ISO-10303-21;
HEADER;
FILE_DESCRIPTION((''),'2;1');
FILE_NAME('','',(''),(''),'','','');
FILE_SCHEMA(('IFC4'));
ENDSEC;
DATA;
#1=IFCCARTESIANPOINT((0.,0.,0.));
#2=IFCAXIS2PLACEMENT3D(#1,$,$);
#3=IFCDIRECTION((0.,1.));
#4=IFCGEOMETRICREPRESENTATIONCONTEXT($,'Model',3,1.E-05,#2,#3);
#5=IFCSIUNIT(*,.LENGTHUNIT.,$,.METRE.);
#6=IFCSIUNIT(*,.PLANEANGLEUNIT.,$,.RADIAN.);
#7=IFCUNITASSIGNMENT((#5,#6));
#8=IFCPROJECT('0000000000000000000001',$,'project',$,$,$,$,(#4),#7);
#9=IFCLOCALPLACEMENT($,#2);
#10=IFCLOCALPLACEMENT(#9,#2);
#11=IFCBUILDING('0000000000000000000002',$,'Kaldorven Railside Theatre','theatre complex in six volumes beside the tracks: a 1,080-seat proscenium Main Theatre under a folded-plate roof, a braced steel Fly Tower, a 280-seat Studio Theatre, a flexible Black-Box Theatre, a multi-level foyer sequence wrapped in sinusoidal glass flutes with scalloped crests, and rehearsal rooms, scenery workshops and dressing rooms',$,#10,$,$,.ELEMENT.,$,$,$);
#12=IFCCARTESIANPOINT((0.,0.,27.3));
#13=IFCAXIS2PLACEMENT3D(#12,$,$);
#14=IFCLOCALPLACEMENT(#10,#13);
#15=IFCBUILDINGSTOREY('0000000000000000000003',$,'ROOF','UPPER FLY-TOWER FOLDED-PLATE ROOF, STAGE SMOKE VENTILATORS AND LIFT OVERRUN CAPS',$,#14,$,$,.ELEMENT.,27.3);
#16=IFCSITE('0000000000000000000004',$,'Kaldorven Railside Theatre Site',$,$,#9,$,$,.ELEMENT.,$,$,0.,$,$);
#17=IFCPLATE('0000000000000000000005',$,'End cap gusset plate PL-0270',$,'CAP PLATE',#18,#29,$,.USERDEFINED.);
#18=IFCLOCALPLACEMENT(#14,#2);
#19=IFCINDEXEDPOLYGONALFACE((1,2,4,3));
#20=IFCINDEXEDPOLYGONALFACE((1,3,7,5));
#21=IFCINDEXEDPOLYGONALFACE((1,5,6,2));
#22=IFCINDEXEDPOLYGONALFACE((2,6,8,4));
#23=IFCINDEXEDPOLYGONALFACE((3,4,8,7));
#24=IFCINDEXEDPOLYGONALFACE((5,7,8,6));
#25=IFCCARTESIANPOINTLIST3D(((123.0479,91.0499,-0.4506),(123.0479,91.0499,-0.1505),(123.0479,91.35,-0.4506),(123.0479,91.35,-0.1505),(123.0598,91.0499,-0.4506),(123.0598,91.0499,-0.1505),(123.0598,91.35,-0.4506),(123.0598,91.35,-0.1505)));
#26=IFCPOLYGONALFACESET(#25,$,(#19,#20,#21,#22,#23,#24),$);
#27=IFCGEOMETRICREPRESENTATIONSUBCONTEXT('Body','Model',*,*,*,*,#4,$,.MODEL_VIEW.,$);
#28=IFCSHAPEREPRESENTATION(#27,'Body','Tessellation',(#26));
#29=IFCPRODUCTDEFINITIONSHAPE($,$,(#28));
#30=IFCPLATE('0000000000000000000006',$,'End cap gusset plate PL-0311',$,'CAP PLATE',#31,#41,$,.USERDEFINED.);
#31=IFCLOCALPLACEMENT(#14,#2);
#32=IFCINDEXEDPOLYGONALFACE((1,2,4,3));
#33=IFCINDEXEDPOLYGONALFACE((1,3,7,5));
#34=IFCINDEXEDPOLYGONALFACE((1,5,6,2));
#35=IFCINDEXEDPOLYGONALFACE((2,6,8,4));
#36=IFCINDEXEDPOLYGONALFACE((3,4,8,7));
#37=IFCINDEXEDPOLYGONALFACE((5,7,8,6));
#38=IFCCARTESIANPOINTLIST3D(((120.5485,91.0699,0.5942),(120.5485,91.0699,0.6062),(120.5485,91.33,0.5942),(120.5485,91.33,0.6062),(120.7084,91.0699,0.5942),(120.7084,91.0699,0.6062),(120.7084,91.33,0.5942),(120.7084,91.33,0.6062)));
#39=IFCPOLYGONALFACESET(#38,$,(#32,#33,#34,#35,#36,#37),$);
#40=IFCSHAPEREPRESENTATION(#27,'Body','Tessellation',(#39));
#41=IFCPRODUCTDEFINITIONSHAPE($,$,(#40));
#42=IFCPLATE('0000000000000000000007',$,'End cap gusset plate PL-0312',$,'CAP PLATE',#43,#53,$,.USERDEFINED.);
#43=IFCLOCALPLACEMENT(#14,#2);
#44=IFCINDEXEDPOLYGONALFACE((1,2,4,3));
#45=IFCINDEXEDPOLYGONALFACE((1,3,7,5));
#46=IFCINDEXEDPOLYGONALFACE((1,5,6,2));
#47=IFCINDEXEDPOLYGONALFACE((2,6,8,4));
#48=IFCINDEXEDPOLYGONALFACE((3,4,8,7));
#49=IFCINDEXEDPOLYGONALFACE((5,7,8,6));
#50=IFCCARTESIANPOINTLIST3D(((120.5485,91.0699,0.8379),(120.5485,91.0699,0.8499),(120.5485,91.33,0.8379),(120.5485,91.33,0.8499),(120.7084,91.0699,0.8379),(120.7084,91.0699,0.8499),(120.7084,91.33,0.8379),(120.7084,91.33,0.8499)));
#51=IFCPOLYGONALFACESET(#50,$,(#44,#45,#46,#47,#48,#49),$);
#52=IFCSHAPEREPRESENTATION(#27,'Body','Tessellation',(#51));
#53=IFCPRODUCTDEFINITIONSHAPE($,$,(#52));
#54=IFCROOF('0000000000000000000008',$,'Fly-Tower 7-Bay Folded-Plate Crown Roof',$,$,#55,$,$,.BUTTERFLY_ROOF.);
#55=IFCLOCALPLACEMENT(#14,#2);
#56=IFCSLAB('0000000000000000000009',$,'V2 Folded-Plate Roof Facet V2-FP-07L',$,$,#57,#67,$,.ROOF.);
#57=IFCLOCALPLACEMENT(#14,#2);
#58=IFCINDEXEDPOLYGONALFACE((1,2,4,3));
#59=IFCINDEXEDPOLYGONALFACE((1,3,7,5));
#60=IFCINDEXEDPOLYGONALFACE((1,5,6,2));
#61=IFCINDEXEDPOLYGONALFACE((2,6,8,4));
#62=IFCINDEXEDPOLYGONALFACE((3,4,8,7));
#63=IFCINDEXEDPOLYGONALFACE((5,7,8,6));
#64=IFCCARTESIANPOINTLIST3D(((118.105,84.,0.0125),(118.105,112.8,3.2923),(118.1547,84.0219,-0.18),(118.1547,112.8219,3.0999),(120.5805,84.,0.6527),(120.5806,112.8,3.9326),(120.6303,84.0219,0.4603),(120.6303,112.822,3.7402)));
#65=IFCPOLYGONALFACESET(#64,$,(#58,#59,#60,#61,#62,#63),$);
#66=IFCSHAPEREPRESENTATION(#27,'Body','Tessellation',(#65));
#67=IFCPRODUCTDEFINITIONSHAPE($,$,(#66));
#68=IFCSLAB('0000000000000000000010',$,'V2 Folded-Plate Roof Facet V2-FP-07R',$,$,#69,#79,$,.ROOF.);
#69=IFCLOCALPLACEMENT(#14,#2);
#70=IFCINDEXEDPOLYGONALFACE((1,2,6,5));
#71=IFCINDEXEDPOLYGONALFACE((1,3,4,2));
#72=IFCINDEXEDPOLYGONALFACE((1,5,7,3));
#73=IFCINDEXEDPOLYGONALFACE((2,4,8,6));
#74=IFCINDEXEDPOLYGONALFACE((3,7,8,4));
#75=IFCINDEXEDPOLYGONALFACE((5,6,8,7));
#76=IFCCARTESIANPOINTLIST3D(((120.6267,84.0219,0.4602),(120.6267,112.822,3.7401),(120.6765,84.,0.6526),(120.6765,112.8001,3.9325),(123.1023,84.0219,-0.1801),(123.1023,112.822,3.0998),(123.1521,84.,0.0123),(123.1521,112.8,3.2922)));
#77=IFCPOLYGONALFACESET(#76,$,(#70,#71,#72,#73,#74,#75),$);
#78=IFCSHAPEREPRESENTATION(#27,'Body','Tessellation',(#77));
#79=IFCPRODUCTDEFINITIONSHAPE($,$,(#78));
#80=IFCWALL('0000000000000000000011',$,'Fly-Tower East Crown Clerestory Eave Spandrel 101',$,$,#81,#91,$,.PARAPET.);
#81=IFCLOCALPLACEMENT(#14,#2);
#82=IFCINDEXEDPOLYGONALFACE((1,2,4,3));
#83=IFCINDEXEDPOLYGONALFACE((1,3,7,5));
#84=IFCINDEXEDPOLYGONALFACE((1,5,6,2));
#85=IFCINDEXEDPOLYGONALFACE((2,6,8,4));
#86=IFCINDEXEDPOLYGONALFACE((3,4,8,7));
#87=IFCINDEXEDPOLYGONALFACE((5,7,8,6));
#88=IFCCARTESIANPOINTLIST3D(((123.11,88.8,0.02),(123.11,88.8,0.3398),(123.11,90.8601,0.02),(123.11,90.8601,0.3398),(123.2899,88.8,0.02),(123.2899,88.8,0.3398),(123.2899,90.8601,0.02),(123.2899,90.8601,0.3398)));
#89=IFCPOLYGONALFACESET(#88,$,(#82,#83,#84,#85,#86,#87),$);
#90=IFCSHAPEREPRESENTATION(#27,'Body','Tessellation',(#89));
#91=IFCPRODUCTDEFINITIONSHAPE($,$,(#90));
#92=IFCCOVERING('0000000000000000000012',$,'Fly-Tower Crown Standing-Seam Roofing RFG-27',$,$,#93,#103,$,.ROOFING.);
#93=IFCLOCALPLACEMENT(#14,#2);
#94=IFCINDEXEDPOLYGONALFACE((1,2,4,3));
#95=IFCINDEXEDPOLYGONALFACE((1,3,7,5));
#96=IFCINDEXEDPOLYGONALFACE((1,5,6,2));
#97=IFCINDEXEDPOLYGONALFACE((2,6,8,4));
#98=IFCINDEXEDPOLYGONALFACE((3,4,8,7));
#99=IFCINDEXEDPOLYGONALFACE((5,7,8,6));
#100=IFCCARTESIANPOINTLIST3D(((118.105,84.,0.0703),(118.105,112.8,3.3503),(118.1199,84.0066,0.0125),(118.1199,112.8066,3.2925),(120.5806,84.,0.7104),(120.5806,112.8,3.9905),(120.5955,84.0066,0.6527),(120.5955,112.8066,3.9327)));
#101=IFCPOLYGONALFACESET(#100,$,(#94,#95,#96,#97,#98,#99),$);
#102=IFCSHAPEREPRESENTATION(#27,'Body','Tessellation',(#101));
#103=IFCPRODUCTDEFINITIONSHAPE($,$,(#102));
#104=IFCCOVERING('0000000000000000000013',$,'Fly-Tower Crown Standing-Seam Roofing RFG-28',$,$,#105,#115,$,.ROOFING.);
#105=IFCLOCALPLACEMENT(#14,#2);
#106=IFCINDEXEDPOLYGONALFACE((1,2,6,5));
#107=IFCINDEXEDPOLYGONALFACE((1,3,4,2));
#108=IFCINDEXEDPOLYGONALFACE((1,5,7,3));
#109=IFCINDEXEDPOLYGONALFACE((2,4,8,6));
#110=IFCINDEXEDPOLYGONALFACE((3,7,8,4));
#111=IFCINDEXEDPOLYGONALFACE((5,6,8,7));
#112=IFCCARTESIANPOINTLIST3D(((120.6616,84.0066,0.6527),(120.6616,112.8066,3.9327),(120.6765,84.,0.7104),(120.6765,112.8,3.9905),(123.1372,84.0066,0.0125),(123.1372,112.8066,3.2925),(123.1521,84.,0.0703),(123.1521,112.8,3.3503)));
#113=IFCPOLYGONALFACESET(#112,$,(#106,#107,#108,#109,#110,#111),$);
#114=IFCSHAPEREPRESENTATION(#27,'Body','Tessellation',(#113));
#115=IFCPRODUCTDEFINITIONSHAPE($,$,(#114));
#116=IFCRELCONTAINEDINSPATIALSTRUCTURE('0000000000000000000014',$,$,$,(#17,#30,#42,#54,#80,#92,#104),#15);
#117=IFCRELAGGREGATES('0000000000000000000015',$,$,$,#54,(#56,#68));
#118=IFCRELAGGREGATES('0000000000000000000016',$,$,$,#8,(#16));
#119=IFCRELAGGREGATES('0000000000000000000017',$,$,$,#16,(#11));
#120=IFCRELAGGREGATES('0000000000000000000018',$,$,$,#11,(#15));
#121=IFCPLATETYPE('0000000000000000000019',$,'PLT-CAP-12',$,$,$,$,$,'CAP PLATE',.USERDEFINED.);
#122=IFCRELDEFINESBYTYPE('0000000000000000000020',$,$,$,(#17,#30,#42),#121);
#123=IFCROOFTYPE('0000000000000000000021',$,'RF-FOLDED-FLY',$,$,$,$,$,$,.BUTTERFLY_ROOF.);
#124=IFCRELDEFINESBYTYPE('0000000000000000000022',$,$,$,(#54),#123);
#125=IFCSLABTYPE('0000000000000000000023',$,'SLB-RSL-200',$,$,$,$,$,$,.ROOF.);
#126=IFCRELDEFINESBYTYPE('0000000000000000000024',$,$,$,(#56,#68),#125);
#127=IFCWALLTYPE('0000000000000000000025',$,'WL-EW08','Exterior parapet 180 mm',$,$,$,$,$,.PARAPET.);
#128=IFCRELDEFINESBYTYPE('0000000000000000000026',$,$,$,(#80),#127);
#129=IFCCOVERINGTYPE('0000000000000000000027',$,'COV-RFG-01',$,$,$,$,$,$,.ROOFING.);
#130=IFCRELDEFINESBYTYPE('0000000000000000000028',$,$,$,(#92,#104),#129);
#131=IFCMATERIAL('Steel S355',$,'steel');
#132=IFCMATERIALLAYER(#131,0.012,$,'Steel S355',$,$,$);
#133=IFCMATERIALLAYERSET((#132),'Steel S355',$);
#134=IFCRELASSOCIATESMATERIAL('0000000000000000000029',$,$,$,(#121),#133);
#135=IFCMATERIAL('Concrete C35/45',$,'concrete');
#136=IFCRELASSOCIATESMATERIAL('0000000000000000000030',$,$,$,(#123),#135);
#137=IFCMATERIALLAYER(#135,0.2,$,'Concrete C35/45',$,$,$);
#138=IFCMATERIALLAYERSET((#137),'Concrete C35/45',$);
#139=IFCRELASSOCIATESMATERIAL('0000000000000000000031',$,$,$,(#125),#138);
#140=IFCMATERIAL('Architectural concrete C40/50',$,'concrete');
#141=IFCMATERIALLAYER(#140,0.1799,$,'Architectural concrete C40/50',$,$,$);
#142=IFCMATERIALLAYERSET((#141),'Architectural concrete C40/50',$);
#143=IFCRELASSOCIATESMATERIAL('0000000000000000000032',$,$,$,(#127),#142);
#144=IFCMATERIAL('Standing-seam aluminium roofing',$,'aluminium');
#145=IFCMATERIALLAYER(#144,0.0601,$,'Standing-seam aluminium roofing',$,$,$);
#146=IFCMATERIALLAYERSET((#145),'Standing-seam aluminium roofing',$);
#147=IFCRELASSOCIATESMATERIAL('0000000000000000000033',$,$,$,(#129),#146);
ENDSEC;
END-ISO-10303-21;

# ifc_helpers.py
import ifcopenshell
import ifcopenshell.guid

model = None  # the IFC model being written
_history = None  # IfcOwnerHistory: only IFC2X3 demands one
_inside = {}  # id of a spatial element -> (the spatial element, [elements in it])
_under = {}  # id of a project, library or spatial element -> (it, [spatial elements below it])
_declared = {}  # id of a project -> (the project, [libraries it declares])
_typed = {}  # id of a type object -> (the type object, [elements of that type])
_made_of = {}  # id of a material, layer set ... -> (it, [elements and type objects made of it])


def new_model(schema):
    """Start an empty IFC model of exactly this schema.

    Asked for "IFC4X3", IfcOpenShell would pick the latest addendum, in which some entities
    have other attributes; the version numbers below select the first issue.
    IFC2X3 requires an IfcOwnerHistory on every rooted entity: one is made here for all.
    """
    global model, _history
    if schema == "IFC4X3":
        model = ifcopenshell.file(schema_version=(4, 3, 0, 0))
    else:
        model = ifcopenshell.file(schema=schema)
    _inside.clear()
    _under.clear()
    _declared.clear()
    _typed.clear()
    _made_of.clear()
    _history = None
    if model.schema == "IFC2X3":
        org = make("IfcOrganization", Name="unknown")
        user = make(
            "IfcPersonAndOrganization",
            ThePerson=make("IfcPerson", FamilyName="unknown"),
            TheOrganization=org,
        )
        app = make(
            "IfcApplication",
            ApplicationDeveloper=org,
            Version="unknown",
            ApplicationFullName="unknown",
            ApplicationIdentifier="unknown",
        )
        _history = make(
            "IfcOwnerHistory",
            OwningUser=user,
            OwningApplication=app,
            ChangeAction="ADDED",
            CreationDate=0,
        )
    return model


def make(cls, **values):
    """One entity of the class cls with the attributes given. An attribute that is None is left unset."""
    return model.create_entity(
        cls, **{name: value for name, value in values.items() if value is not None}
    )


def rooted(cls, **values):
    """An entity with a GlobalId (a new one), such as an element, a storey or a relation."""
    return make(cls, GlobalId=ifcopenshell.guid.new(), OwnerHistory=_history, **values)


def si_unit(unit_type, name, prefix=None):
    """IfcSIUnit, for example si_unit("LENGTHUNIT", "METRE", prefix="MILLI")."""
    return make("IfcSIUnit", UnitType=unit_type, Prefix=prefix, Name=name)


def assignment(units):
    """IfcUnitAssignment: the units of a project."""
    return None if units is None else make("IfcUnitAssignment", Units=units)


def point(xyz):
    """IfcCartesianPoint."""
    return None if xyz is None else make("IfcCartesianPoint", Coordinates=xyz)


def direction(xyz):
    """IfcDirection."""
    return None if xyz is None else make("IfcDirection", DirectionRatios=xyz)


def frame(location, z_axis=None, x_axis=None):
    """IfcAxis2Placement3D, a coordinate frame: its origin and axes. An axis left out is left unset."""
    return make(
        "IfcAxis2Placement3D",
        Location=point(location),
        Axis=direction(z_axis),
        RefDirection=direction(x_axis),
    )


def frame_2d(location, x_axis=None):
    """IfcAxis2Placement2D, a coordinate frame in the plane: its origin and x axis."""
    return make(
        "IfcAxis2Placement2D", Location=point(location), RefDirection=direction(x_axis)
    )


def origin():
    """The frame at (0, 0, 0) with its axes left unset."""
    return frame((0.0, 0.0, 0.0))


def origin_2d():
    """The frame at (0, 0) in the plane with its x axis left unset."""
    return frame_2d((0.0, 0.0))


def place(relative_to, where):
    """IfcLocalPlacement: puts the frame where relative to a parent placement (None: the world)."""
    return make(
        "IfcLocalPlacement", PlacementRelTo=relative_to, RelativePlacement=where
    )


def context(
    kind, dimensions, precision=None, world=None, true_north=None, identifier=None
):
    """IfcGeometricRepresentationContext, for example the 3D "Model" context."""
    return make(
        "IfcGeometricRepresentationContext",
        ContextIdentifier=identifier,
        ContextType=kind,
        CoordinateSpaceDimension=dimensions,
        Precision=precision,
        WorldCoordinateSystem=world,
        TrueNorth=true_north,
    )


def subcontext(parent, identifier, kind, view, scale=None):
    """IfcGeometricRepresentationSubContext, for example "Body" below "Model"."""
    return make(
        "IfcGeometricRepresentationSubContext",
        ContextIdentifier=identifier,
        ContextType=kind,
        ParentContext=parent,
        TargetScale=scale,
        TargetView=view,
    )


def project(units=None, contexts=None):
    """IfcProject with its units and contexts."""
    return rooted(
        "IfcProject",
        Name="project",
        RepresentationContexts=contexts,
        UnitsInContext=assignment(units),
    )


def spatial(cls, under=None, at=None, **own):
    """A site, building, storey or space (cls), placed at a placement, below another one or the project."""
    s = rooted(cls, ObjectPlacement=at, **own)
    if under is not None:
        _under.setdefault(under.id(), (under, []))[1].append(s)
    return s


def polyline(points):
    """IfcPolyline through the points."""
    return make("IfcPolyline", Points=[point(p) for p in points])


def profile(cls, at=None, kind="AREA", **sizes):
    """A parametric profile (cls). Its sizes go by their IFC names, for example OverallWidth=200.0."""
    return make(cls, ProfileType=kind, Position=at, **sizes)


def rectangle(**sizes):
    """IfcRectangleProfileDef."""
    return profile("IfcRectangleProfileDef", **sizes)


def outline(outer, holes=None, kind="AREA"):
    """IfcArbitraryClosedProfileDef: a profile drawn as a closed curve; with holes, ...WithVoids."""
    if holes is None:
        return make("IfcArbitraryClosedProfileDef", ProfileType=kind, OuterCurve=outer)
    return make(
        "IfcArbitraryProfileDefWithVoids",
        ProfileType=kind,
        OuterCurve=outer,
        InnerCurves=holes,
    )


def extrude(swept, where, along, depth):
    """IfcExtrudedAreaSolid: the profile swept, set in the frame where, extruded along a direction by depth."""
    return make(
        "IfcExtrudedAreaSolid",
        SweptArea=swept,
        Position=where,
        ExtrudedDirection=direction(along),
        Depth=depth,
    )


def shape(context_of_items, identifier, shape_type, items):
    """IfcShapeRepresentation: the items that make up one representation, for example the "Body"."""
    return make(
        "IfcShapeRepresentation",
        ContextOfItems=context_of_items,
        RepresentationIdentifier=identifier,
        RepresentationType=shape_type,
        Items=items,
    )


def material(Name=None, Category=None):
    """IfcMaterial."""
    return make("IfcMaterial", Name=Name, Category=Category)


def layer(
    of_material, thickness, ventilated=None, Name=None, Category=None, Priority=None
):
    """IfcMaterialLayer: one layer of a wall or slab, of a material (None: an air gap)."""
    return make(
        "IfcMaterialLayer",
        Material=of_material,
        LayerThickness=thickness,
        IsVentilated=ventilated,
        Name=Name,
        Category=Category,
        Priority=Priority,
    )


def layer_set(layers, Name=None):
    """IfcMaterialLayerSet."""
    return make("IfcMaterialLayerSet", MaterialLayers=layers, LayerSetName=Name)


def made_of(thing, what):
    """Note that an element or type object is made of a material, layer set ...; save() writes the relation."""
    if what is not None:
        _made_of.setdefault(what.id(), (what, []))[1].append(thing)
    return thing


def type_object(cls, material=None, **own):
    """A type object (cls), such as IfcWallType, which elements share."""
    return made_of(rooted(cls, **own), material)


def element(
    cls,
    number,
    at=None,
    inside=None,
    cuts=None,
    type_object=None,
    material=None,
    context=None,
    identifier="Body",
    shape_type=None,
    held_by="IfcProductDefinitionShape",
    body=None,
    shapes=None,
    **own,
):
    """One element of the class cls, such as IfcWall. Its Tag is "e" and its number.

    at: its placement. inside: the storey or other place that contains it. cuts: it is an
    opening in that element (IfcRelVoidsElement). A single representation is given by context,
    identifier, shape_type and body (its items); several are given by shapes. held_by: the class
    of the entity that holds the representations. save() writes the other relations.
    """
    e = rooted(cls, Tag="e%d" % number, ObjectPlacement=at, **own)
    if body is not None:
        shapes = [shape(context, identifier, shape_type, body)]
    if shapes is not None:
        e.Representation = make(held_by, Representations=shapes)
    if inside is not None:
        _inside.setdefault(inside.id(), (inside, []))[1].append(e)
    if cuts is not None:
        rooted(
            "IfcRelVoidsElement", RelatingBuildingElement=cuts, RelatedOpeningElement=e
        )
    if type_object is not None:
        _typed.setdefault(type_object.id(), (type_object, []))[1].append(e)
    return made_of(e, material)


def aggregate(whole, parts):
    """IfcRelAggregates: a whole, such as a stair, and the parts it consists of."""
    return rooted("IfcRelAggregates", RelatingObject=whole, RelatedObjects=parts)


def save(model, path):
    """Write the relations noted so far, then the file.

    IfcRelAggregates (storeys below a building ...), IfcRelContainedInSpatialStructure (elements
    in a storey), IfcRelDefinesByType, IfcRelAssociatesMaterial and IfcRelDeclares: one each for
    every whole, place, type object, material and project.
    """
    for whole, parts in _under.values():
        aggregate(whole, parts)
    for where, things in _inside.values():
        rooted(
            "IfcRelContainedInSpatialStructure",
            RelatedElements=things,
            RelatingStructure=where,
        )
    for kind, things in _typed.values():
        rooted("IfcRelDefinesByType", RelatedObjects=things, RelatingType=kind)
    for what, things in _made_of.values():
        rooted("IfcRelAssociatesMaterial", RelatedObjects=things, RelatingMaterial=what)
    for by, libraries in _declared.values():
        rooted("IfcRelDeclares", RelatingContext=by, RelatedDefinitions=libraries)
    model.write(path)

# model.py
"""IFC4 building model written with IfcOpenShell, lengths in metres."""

from ifc_helpers import new_model, si_unit, direction, frame, frame_2d, origin, origin_2d, place, context, subcontext, project, spatial, polyline, rectangle, outline, extrude, material, layer, layer_set, type_object, element, aggregate, save


model = new_model("IFC4")

# Units and contexts
model_context = context("Model", 3, precision=1e-05, world=origin(), true_north=direction((0.0, 1.0)))
body_context = subcontext(model_context, "Body", "Model", "MODEL_VIEW")
ifc_project = project(units=[si_unit("LENGTHUNIT", "METRE"), si_unit("PLANEANGLEUNIT", "RADIAN")], contexts=[model_context])

# Site, building, storey
site_placement = place(None, origin())
site = spatial("IfcSite", under=ifc_project, at=site_placement, Name="Kaldorven Railside Theatre Site", CompositionType="ELEMENT", RefElevation=0.0)
building_placement = place(site_placement, origin())
building = spatial("IfcBuilding", under=site, at=building_placement, Name="Kaldorven Railside Theatre", Description="theatre complex in six volumes beside the tracks: a 1,080-seat proscenium Main Theatre under a folded-plate roof, a braced steel Fly Tower, a 280-seat Studio Theatre, a flexible Black-Box Theatre, a multi-level foyer sequence wrapped in sinusoidal glass flutes with scalloped crests, and rehearsal rooms, scenery workshops and dressing rooms", CompositionType="ELEMENT")
storey_placement = place(building_placement, frame((0.0, 0.0, 27.3)))
storey = spatial("IfcBuildingStorey", under=building, at=storey_placement, Name="ROOF", Description="UPPER FLY-TOWER FOLDED-PLATE ROOF, STAGE SMOKE VENTILATORS AND LIFT OVERRUN CAPS", CompositionType="ELEMENT", Elevation=27.3)

# Shared definitions
ifc_material_1 = material(Name="Steel S355", Category="steel")

# Plates
ifc_layer_1 = layer(ifc_material_1, 0.012, Name="Steel S355")
ifc_layer_set_1 = layer_set([ifc_layer_1], Name="Steel S355")
plate_type_1 = type_object("IfcPlateType", Name="PLT-CAP-12", ElementType="CAP PLATE", PredefinedType="USERDEFINED", material=ifc_layer_set_1)
plate_1_placement = place(storey_placement, frame((123.0479, 91.2, -0.3005), z_axis=(1.0, 0.0, 0.0), x_axis=(0.0, 1.0, 0.0)))
element("IfcPlate", 1, at=plate_1_placement, inside=storey, type_object=plate_type_1, Name="End cap gusset plate PL-0270", ObjectType="CAP PLATE", PredefinedType="USERDEFINED", context=body_context, shape_type="SweptSolid", body=[
    extrude(rectangle(XDim=0.3, YDim=0.3, at=origin_2d()), origin(), (0.0, 0.0, 1.0), 0.012),
])
for number, where, z_axis, x_axis, name in (
    (2, (120.6284, 91.2, 0.5942), (0.0, 0.0, 1.0), (1.0, 0.0, 0.0), "End cap gusset plate PL-0311"),
    (3, (120.6284, 91.2, 0.8379), (0.0, 0.0, 1.0), (1.0, 0.0, 0.0), "End cap gusset plate PL-0312"),
):
    element("IfcPlate", number, at=place(storey_placement, frame(where, z_axis=z_axis, x_axis=x_axis)), inside=storey, type_object=plate_type_1, Name=name, ObjectType="CAP PLATE", PredefinedType="USERDEFINED", context=body_context, shape_type="SweptSolid", body=[
        extrude(rectangle(XDim=0.1599, YDim=0.26, at=origin_2d()), origin(), (0.0, 0.0, 1.0), 0.012),
    ])

# Roof, slabs
ifc_material_2 = material(Name="Concrete C35/45", Category="concrete")
roof_type = type_object("IfcRoofType", Name="RF-FOLDED-FLY", PredefinedType="BUTTERFLY_ROOF", material=ifc_material_2)
roof_placement = place(storey_placement, origin())
roof = element("IfcRoof", 4, at=roof_placement, inside=storey, type_object=roof_type, Name="Fly-Tower 7-Bay Folded-Plate Crown Roof", PredefinedType="BUTTERFLY_ROOF")
ifc_layer_2 = layer(ifc_material_2, 0.2, Name="Concrete C35/45")
ifc_layer_set_2 = layer_set([ifc_layer_2], Name="Concrete C35/45")
slab_type = type_object("IfcSlabType", Name="SLB-RSL-200", PredefinedType="ROOF", material=ifc_layer_set_2)
slab_1_placement = place(storey_placement, frame((118.105, 84.0, 0.0125), z_axis=(-0.248882, -0.109594, 0.962313), x_axis=(0.968145, -0.000005, 0.25039)))
slab_1 = element("IfcSlab", 5, at=slab_1_placement, type_object=slab_type, Name="V2 Folded-Plate Roof Facet V2-FP-07L", PredefinedType="ROOF", context=body_context, shape_type="SweptSolid", body=[
    extrude(outline(polyline([(0.0, 0.0), (2.557, 0.0), (3.3782, 28.9746), (0.8211, 28.9746), (0.0, 0.0)])), origin(), (0.0, 0.0, -1.0), 0.2),
])
slab_2_placement = place(storey_placement, frame((120.6765, 84.0, 0.6526), z_axis=(0.248882, -0.109594, 0.962313), x_axis=(0.968145, 0.000005, -0.25039)))
slab_2 = element("IfcSlab", 6, at=slab_2_placement, type_object=slab_type, Name="V2 Folded-Plate Roof Facet V2-FP-07R", PredefinedType="ROOF", context=body_context, shape_type="SweptSolid", body=[
    extrude(outline(polyline([(0.0, 0.0), (2.557, 0.0), (1.7359, 28.9746), (-0.8211, 28.9746), (0.0, 0.0)])), origin(), (0.0, 0.0, -1.0), 0.2),
])
aggregate(roof, [slab_1, slab_2])

# Wall
ifc_material_3 = material(Name="Architectural concrete C40/50", Category="concrete")
ifc_layer_3 = layer(ifc_material_3, 0.1799, Name="Architectural concrete C40/50")
ifc_layer_set_3 = layer_set([ifc_layer_3], Name="Architectural concrete C40/50")
wall_type = type_object("IfcWallType", Name="WL-EW08", Description="Exterior parapet 180 mm", PredefinedType="PARAPET", material=ifc_layer_set_3)
wall_placement = place(storey_placement, frame((123.2, 88.8, 0.02), z_axis=(0.0, 0.0, 1.0), x_axis=(0.0, 1.0, 0.0)))
element("IfcWall", 7, at=wall_placement, inside=storey, type_object=wall_type, Name="Fly-Tower East Crown Clerestory Eave Spandrel 101", PredefinedType="PARAPET", context=body_context, shape_type="SweptSolid", body=[
    extrude(rectangle(XDim=2.0601, YDim=0.1799, at=frame_2d((1.03, 0.0))), origin(), (0.0, 0.0, 1.0), 0.3198),
])

# Coverings
ifc_material_4 = material(Name="Standing-seam aluminium roofing", Category="aluminium")
ifc_layer_4 = layer(ifc_material_4, 0.0601, Name="Standing-seam aluminium roofing")
ifc_layer_set_4 = layer_set([ifc_layer_4], Name="Standing-seam aluminium roofing")
covering_type = type_object("IfcCoveringType", Name="COV-RFG-01", PredefinedType="ROOFING", material=ifc_layer_set_4)
covering_1_placement = place(storey_placement, frame((118.105, 84.0, 0.0703), z_axis=(-0.248838, -0.109599, 0.962324), x_axis=(0.968156, 0.0, 0.250346)))
element("IfcCovering", 8, at=covering_1_placement, inside=storey, type_object=covering_type, Name="Fly-Tower Crown Standing-Seam Roofing RFG-27", PredefinedType="ROOFING", context=body_context, shape_type="SweptSolid", body=[
    extrude(outline(polyline([(0.0, 0.0), (2.557, 0.0), (3.3782, 28.9746), (0.8211, 28.9746), (0.0, 0.0)])), origin(), (0.0, 0.0, -1.0), 0.0601),
])
covering_2_placement = place(storey_placement, frame((120.6765, 84.0, 0.7104), z_axis=(0.248838, -0.109599, 0.962324), x_axis=(0.968156, 0.0, -0.250346)))
element("IfcCovering", 9, at=covering_2_placement, inside=storey, type_object=covering_type, Name="Fly-Tower Crown Standing-Seam Roofing RFG-28", PredefinedType="ROOFING", context=body_context, shape_type="SweptSolid", body=[
    extrude(outline(polyline([(0.0, 0.0), (2.557, 0.0), (1.7359, 28.9746), (-0.8211, 28.9746), (0.0, 0.0)])), origin(), (0.0, 0.0, -1.0), 0.0601),
])

save(model, "model.ifc")
